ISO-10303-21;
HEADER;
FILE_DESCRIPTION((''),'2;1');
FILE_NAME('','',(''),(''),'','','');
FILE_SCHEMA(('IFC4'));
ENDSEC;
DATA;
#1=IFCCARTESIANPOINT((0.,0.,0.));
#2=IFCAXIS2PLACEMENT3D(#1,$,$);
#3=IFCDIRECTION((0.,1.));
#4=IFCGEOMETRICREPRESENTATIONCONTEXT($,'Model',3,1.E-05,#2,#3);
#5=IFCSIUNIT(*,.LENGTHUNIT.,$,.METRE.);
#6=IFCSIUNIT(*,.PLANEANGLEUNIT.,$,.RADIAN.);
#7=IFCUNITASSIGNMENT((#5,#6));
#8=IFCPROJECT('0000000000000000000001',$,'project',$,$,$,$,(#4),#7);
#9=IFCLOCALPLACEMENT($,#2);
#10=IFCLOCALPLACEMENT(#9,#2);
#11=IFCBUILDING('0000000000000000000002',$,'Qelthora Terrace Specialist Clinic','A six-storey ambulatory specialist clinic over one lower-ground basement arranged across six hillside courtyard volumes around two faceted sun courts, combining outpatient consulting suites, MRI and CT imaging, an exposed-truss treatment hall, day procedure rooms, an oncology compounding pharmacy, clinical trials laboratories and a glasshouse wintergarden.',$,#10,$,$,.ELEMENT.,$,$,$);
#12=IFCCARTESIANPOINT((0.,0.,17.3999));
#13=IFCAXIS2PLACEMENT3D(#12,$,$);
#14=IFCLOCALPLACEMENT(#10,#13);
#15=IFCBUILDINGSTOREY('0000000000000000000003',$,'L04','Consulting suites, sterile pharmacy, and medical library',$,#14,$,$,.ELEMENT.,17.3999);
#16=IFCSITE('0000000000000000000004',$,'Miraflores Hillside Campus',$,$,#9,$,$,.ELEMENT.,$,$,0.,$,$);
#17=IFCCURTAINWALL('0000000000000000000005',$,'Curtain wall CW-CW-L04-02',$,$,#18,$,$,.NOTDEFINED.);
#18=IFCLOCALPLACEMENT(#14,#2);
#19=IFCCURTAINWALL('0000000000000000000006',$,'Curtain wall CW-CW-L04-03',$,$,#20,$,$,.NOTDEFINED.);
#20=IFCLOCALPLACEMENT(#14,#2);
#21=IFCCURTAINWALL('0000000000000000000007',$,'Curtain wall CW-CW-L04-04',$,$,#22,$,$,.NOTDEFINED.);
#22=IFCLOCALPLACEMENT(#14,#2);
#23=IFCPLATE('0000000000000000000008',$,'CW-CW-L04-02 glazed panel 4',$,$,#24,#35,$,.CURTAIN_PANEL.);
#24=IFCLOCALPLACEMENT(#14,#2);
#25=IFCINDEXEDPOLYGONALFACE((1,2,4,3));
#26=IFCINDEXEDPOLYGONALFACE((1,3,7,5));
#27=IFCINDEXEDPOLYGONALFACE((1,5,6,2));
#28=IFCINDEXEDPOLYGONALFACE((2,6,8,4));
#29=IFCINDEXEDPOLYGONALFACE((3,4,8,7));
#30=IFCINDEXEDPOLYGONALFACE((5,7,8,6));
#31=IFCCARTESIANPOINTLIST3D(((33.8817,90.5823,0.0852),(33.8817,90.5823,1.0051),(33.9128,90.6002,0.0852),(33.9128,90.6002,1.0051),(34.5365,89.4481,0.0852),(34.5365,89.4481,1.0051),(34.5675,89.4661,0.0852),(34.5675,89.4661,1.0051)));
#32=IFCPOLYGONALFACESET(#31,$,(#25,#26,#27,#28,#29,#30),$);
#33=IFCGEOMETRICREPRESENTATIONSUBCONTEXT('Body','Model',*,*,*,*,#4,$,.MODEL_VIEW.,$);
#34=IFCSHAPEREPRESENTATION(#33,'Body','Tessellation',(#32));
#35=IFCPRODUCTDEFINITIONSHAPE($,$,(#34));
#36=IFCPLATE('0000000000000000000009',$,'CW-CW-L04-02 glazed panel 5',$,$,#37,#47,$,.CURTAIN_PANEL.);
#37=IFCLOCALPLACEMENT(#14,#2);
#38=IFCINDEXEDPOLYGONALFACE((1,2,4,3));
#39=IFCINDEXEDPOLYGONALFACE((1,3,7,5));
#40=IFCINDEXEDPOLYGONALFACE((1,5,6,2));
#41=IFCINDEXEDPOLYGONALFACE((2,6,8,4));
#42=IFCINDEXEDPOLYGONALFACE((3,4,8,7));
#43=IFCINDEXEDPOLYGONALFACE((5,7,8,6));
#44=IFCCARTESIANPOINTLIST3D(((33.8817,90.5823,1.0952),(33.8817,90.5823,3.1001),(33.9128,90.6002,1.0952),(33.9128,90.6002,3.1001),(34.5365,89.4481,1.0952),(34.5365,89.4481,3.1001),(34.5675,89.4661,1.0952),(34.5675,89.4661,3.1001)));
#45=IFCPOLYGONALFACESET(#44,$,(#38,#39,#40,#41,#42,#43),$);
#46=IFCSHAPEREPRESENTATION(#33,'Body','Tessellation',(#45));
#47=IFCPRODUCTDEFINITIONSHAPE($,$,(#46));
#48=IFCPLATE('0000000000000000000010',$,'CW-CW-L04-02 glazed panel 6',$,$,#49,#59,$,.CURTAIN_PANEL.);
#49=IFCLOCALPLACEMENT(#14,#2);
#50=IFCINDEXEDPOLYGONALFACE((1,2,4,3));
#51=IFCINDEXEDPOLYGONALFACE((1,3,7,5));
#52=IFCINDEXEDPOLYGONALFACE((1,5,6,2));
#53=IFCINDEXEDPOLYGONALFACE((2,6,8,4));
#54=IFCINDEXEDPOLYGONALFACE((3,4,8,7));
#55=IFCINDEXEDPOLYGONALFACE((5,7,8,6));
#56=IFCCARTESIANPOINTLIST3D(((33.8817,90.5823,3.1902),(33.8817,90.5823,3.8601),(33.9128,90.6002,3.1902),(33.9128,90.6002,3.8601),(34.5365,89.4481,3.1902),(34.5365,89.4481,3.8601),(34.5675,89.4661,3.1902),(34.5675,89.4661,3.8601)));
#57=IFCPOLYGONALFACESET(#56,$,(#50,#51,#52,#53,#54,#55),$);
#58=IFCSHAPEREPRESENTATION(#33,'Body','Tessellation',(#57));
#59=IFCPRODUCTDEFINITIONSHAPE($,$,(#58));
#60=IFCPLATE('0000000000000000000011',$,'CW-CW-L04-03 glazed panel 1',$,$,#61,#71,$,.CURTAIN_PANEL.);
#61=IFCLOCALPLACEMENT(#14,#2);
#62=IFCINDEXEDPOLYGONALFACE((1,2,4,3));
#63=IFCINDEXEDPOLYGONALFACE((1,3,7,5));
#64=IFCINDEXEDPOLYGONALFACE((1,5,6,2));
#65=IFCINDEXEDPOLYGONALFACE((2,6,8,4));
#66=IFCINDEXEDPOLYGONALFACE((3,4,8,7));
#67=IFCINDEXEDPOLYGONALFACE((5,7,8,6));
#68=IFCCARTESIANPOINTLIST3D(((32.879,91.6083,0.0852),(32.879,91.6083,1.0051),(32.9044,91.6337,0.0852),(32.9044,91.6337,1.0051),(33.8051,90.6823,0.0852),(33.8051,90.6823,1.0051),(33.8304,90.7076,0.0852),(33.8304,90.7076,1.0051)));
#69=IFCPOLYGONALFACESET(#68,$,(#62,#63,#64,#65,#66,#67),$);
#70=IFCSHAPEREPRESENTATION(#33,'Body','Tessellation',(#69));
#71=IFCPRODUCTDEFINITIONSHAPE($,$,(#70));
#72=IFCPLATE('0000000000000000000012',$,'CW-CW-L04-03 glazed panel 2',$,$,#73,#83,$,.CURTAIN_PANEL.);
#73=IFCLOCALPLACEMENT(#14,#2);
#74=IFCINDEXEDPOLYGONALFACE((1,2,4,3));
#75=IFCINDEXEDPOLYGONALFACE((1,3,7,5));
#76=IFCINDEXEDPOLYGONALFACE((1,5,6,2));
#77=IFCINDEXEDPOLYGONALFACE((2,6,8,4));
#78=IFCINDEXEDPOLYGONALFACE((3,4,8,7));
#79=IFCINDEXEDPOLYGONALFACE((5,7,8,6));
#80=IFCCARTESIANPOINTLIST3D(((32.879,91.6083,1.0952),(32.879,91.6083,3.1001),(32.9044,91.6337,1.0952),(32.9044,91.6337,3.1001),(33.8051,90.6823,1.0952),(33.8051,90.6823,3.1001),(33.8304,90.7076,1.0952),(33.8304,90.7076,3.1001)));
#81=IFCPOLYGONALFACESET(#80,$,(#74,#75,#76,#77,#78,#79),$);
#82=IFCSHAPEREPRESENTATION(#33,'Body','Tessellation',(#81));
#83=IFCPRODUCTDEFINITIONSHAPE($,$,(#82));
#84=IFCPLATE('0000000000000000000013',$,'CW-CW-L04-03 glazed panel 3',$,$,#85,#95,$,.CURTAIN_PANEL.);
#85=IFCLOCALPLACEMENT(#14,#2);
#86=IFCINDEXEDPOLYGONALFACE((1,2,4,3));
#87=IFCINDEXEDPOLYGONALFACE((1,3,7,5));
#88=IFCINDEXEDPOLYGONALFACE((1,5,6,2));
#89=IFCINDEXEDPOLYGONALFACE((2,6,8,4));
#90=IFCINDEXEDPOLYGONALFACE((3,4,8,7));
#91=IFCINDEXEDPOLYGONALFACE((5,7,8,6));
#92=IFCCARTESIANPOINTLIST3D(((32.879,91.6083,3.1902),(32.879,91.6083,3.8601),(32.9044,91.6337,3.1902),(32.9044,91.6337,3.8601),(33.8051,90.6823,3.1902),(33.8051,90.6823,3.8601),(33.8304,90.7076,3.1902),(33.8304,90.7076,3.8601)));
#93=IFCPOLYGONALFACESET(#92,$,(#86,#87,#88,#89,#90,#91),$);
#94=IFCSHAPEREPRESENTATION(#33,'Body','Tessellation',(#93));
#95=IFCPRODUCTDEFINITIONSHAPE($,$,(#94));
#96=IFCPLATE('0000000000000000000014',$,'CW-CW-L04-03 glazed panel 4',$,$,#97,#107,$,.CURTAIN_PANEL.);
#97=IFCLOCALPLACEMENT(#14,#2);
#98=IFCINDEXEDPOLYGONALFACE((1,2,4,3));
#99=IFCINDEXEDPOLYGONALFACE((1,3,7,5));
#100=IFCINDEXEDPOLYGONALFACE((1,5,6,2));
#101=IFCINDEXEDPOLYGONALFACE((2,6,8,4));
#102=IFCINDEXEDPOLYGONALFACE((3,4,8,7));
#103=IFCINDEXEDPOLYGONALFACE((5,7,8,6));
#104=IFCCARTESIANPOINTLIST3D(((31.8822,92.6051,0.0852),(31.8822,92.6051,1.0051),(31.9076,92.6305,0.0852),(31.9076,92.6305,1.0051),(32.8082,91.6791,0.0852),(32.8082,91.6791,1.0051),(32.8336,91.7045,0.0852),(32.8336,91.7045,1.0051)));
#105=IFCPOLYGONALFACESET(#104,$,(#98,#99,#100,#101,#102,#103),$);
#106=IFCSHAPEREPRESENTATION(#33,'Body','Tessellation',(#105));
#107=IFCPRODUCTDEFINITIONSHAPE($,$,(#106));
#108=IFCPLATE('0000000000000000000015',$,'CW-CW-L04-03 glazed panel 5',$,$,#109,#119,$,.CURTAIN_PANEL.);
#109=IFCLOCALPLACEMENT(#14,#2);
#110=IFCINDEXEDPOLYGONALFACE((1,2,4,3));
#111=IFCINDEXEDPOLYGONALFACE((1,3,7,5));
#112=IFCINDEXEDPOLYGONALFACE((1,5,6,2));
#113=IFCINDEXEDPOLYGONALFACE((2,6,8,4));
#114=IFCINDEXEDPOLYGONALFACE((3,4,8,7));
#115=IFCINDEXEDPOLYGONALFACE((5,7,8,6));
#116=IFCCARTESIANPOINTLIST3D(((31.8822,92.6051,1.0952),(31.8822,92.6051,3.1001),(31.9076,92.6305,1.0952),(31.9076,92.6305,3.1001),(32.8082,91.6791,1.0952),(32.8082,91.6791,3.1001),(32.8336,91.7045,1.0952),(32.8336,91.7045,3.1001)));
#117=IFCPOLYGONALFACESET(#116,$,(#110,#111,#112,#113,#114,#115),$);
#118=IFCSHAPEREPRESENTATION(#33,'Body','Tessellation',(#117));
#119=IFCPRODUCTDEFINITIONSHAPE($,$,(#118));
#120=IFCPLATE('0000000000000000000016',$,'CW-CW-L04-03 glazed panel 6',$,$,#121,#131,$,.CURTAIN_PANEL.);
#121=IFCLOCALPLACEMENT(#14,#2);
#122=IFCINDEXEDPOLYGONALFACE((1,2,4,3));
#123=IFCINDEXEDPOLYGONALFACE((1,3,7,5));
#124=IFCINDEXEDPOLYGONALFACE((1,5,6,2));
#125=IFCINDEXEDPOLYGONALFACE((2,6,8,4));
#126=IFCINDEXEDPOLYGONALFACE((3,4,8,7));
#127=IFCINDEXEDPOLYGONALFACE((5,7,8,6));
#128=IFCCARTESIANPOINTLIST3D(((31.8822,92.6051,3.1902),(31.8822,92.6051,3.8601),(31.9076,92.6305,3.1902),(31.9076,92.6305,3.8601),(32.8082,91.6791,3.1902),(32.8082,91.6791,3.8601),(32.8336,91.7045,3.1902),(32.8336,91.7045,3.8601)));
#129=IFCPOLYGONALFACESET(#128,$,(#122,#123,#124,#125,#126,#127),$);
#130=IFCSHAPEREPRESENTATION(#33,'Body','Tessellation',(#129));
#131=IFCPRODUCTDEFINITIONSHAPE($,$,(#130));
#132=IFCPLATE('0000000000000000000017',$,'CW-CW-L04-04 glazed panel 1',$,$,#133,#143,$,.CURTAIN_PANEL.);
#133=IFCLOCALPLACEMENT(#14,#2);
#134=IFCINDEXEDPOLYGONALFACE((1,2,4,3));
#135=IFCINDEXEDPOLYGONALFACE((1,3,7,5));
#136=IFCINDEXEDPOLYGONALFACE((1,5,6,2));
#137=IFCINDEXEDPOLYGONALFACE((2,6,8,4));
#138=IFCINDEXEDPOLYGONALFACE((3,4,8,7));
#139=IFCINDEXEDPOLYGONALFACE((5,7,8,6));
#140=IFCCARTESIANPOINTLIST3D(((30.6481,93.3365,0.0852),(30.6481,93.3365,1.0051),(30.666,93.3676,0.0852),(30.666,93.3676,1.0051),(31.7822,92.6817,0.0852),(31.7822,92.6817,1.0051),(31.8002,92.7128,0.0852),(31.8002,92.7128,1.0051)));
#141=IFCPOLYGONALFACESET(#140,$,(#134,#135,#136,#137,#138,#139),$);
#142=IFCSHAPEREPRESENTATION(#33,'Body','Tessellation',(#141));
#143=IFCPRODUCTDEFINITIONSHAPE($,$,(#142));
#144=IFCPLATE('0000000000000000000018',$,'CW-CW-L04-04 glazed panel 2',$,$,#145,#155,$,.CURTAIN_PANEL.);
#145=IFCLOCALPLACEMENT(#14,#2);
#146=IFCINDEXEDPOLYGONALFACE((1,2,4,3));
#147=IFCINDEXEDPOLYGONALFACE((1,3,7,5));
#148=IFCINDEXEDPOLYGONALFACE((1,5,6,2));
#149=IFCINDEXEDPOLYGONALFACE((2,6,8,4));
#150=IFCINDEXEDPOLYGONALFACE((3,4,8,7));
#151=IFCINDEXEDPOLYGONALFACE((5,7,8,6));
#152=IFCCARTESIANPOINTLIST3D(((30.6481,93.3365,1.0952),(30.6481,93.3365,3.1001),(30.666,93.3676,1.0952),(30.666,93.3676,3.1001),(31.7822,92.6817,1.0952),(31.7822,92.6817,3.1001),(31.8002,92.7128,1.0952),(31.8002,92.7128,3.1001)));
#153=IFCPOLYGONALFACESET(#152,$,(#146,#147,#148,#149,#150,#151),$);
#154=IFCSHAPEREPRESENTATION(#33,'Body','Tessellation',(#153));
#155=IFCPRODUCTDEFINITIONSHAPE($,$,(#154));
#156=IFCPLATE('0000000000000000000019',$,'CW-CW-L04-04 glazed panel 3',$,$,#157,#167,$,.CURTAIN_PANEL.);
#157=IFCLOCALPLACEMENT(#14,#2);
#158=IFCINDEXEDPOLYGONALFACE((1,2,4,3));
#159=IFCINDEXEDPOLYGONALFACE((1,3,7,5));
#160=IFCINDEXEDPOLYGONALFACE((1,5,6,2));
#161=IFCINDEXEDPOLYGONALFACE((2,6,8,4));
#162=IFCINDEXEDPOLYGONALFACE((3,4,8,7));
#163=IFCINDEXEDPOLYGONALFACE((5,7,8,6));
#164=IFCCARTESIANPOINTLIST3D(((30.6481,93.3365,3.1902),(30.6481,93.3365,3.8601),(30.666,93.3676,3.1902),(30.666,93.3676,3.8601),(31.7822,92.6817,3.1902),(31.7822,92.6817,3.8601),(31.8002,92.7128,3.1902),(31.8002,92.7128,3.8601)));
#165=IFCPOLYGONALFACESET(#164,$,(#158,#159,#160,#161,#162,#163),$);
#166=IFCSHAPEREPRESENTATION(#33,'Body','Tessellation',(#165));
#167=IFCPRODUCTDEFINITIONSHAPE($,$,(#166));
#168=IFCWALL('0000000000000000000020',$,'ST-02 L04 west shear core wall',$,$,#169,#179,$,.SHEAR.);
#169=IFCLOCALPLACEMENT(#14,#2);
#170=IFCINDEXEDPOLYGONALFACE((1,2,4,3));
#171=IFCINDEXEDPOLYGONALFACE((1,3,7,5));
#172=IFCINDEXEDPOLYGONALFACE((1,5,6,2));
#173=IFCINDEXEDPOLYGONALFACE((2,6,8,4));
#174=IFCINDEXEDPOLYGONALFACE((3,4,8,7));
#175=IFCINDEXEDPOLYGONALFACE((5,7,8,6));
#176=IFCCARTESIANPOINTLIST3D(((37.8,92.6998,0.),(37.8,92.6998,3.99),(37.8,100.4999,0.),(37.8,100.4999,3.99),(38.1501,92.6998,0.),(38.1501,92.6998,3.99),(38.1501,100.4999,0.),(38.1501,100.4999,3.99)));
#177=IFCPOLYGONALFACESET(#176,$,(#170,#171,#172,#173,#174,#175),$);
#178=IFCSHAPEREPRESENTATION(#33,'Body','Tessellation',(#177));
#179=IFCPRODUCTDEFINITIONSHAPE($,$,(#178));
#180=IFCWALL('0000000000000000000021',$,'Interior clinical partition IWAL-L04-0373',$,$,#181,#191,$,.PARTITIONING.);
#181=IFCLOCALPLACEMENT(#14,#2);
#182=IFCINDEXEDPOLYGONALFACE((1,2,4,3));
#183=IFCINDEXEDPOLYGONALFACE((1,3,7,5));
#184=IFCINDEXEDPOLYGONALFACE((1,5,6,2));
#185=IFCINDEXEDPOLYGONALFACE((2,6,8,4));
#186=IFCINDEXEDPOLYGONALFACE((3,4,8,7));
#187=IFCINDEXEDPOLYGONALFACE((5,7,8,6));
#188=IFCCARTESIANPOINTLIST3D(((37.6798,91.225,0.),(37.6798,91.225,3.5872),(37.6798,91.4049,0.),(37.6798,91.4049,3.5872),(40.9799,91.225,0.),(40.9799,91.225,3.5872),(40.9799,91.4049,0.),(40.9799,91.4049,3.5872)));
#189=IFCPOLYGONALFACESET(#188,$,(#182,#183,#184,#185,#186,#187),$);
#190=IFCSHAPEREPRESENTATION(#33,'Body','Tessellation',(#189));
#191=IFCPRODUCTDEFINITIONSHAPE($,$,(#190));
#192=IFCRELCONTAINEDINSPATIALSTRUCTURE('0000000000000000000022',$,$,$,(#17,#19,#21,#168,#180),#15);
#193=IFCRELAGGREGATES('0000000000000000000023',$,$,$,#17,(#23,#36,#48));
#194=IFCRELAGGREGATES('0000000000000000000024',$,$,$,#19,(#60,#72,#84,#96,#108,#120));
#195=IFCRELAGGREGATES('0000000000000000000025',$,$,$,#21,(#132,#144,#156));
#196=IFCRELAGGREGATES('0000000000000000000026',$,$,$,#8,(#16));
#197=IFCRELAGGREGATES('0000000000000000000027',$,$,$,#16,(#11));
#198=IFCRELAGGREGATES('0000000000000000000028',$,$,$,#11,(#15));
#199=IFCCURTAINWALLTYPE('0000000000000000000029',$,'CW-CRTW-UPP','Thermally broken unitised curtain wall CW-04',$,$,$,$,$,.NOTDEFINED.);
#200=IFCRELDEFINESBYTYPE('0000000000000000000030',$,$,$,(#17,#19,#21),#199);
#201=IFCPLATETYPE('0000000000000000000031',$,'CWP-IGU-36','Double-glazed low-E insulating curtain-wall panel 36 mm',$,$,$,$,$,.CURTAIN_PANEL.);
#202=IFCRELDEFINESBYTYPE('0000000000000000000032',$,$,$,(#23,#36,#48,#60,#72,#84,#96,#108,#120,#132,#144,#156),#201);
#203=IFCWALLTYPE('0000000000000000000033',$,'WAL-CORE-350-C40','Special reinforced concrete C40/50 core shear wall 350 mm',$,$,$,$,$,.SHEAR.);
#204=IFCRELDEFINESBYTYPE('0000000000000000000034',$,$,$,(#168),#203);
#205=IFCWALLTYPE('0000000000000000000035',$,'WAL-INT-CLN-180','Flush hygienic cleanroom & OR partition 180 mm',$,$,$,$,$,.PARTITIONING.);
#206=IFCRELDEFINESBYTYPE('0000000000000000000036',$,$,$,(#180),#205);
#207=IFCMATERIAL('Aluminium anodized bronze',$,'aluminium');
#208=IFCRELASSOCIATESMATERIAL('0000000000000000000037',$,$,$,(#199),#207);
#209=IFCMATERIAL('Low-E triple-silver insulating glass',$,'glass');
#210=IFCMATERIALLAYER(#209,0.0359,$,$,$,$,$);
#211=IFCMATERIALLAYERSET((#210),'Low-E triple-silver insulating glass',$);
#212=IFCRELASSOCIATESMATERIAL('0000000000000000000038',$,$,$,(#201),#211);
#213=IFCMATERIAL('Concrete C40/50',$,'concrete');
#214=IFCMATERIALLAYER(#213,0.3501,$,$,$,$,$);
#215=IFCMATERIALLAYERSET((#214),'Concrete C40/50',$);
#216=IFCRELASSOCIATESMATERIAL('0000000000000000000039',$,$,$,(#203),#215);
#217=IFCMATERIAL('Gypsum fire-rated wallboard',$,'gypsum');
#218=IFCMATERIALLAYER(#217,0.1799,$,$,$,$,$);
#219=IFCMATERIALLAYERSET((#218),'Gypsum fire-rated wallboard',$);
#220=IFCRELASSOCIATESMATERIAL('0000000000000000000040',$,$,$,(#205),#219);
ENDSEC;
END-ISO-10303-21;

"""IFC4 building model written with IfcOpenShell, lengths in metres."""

from ifc_helpers import new_model, si_unit, direction, frame, frame_2d, origin, origin_2d, place, context, subcontext, project, spatial, rectangle, extrude, material, layer, layer_set, type_object, element, aggregate, save


model = new_model("IFC4")

# Units and contexts
model_context = context("Model", 3, precision=1e-05, world=origin(), true_north=direction((0.0, 1.0)))
body_context = subcontext(model_context, "Body", "Model", "MODEL_VIEW")
ifc_project = project(units=[si_unit("LENGTHUNIT", "METRE"), si_unit("PLANEANGLEUNIT", "RADIAN")], contexts=[model_context])

# Site, building, storey
site_placement = place(None, origin())
site = spatial("IfcSite", under=ifc_project, at=site_placement, Name="Miraflores Hillside Campus", CompositionType="ELEMENT", RefElevation=0.0)
building_placement = place(site_placement, origin())
building = spatial("IfcBuilding", under=site, at=building_placement, Name="Qelthora Terrace Specialist Clinic", Description="A six-storey ambulatory specialist clinic over one lower-ground basement arranged across six hillside courtyard volumes around two faceted sun courts, combining outpatient consulting suites, MRI and CT imaging, an exposed-truss treatment hall, day procedure rooms, an oncology compounding pharmacy, clinical trials laboratories and a glasshouse wintergarden.", CompositionType="ELEMENT")
storey_placement = place(building_placement, frame((0.0, 0.0, 17.3999)))
storey = spatial("IfcBuildingStorey", under=building, at=storey_placement, Name="L04", Description="Consulting suites, sterile pharmacy, and medical library", CompositionType="ELEMENT", Elevation=17.3999)

# Curtain walls
ifc_material_1 = material(Name="Aluminium anodized bronze", Category="aluminium")
curtain_wall_type = type_object("IfcCurtainWallType", Name="CW-CRTW-UPP", Description="Thermally broken unitised curtain wall CW-04", PredefinedType="NOTDEFINED", material=ifc_material_1)
curtain_wall_1_placement = place(storey_placement, origin())
curtain_wall_1 = element("IfcCurtainWall", 1, at=curtain_wall_1_placement, inside=storey, type_object=curtain_wall_type, Name="Curtain wall CW-CW-L04-02", PredefinedType="NOTDEFINED")
curtain_wall_2_placement = place(storey_placement, origin())
curtain_wall_2 = element("IfcCurtainWall", 2, at=curtain_wall_2_placement, inside=storey, type_object=curtain_wall_type, Name="Curtain wall CW-CW-L04-03", PredefinedType="NOTDEFINED")
curtain_wall_3_placement = place(storey_placement, origin())
curtain_wall_3 = element("IfcCurtainWall", 3, at=curtain_wall_3_placement, inside=storey, type_object=curtain_wall_type, Name="Curtain wall CW-CW-L04-04", PredefinedType="NOTDEFINED")

# Plates
ifc_material_2 = material(Name="Low-E triple-silver insulating glass", Category="glass")
ifc_layer_1 = layer(ifc_material_2, 0.0359)
ifc_layer_set_1 = layer_set([ifc_layer_1], Name="Low-E triple-silver insulating glass")
plate_type = type_object("IfcPlateType", Name="CWP-IGU-36", Description="Double-glazed low-E insulating curtain-wall panel 36 mm", PredefinedType="CURTAIN_PANEL", material=ifc_layer_set_1)
plate_1_placement = place(storey_placement, frame((34.2246, 90.0242, 0.0852), z_axis=(0.0, 0.0, 1.0), x_axis=(-0.5, 0.866025, 0.0)))
plate_1 = element("IfcPlate", 4, at=plate_1_placement, type_object=plate_type, Name="CW-CW-L04-02 glazed panel 4", PredefinedType="CURTAIN_PANEL", context=body_context, shape_type="SweptSolid", body=[
    extrude(rectangle(XDim=1.3096, YDim=0.0359, at=origin_2d()), origin(), (0.0, 0.0, 1.0), 0.9199),
])
plate_2_placement = place(storey_placement, frame((34.2246, 90.0242, 1.0952), z_axis=(0.0, 0.0, 1.0), x_axis=(-0.5, 0.866025, 0.0)))
plate_2 = element("IfcPlate", 5, at=plate_2_placement, type_object=plate_type, Name="CW-CW-L04-02 glazed panel 5", PredefinedType="CURTAIN_PANEL", context=body_context, shape_type="SweptSolid", body=[
    extrude(rectangle(XDim=1.3096, YDim=0.0359, at=origin_2d()), origin(), (0.0, 0.0, 1.0), 2.0049),
])
plate_3_placement = place(storey_placement, frame((34.2246, 90.0242, 3.1902), z_axis=(0.0, 0.0, 1.0), x_axis=(-0.5, 0.866025, 0.0)))
plate_3 = element("IfcPlate", 6, at=plate_3_placement, type_object=plate_type, Name="CW-CW-L04-02 glazed panel 6", PredefinedType="CURTAIN_PANEL", context=body_context, shape_type="SweptSolid", body=[
    extrude(rectangle(XDim=1.3096, YDim=0.0359, at=origin_2d()), origin(), (0.0, 0.0, 1.0), 0.6699),
])
aggregate(curtain_wall_1, [plate_1, plate_2, plate_3])
plate_4_placement = place(storey_placement, frame((33.3547, 91.158, 0.0852), z_axis=(0.0, 0.0, 1.0), x_axis=(-0.707107, 0.707107, 0.0)))
plate_4 = element("IfcPlate", 7, at=plate_4_placement, type_object=plate_type, Name="CW-CW-L04-03 glazed panel 1", PredefinedType="CURTAIN_PANEL", context=body_context, shape_type="SweptSolid", body=[
    extrude(rectangle(XDim=1.3096, YDim=0.0359, at=origin_2d()), origin(), (0.0, 0.0, 1.0), 0.9199),
])
plate_5_placement = place(storey_placement, frame((33.3547, 91.158, 1.0952), z_axis=(0.0, 0.0, 1.0), x_axis=(-0.707107, 0.707107, 0.0)))
plate_5 = element("IfcPlate", 8, at=plate_5_placement, type_object=plate_type, Name="CW-CW-L04-03 glazed panel 2", PredefinedType="CURTAIN_PANEL", context=body_context, shape_type="SweptSolid", body=[
    extrude(rectangle(XDim=1.3096, YDim=0.0359, at=origin_2d()), origin(), (0.0, 0.0, 1.0), 2.0049),
])
plate_6_placement = place(storey_placement, frame((33.3547, 91.158, 3.1902), z_axis=(0.0, 0.0, 1.0), x_axis=(-0.707107, 0.707107, 0.0)))
plate_6 = element("IfcPlate", 9, at=plate_6_placement, type_object=plate_type, Name="CW-CW-L04-03 glazed panel 3", PredefinedType="CURTAIN_PANEL", context=body_context, shape_type="SweptSolid", body=[
    extrude(rectangle(XDim=1.3096, YDim=0.0359, at=origin_2d()), origin(), (0.0, 0.0, 1.0), 0.6699),
])
plate_7_placement = place(storey_placement, frame((32.3579, 92.1548, 0.0852), z_axis=(0.0, 0.0, 1.0), x_axis=(-0.707107, 0.707107, 0.0)))
plate_7 = element("IfcPlate", 10, at=plate_7_placement, type_object=plate_type, Name="CW-CW-L04-03 glazed panel 4", PredefinedType="CURTAIN_PANEL", context=body_context, shape_type="SweptSolid", body=[
    extrude(rectangle(XDim=1.3096, YDim=0.0359, at=origin_2d()), origin(), (0.0, 0.0, 1.0), 0.9199),
])
plate_8_placement = place(storey_placement, frame((32.3579, 92.1548, 1.0952), z_axis=(0.0, 0.0, 1.0), x_axis=(-0.707107, 0.707107, 0.0)))
plate_8 = element("IfcPlate", 11, at=plate_8_placement, type_object=plate_type, Name="CW-CW-L04-03 glazed panel 5", PredefinedType="CURTAIN_PANEL", context=body_context, shape_type="SweptSolid", body=[
    extrude(rectangle(XDim=1.3096, YDim=0.0359, at=origin_2d()), origin(), (0.0, 0.0, 1.0), 2.0049),
])
plate_9_placement = place(storey_placement, frame((32.3579, 92.1548, 3.1902), z_axis=(0.0, 0.0, 1.0), x_axis=(-0.707107, 0.707107, 0.0)))
plate_9 = element("IfcPlate", 12, at=plate_9_placement, type_object=plate_type, Name="CW-CW-L04-03 glazed panel 6", PredefinedType="CURTAIN_PANEL", context=body_context, shape_type="SweptSolid", body=[
    extrude(rectangle(XDim=1.3096, YDim=0.0359, at=origin_2d()), origin(), (0.0, 0.0, 1.0), 0.6699),
])
aggregate(curtain_wall_2, [plate_4, plate_5, plate_6, plate_7, plate_8, plate_9])
plate_10_placement = place(storey_placement, frame((31.2241, 93.0247, 0.0852), z_axis=(0.0, 0.0, 1.0), x_axis=(-0.866025, 0.5, 0.0)))
plate_10 = element("IfcPlate", 13, at=plate_10_placement, type_object=plate_type, Name="CW-CW-L04-04 glazed panel 1", PredefinedType="CURTAIN_PANEL", context=body_context, shape_type="SweptSolid", body=[
    extrude(rectangle(XDim=1.3096, YDim=0.0359, at=origin_2d()), origin(), (0.0, 0.0, 1.0), 0.9199),
])
plate_11_placement = place(storey_placement, frame((31.2241, 93.0247, 1.0952), z_axis=(0.0, 0.0, 1.0), x_axis=(-0.866025, 0.5, 0.0)))
plate_11 = element("IfcPlate", 14, at=plate_11_placement, type_object=plate_type, Name="CW-CW-L04-04 glazed panel 2", PredefinedType="CURTAIN_PANEL", context=body_context, shape_type="SweptSolid", body=[
    extrude(rectangle(XDim=1.3096, YDim=0.0359, at=origin_2d()), origin(), (0.0, 0.0, 1.0), 2.0049),
])
plate_12_placement = place(storey_placement, frame((31.2241, 93.0247, 3.1902), z_axis=(0.0, 0.0, 1.0), x_axis=(-0.866025, 0.5, 0.0)))
plate_12 = element("IfcPlate", 15, at=plate_12_placement, type_object=plate_type, Name="CW-CW-L04-04 glazed panel 3", PredefinedType="CURTAIN_PANEL", context=body_context, shape_type="SweptSolid", body=[
    extrude(rectangle(XDim=1.3096, YDim=0.0359, at=origin_2d()), origin(), (0.0, 0.0, 1.0), 0.6699),
])
aggregate(curtain_wall_3, [plate_10, plate_11, plate_12])

# Wall
ifc_material_3 = material(Name="Concrete C40/50", Category="concrete")
ifc_layer_2 = layer(ifc_material_3, 0.3501)
ifc_layer_set_2 = layer_set([ifc_layer_2], Name="Concrete C40/50")
wall_type_1 = type_object("IfcWallType", Name="WAL-CORE-350-C40", Description="Special reinforced concrete C40/50 core shear wall 350 mm", PredefinedType="SHEAR", material=ifc_layer_set_2)
wall_1_placement = place(storey_placement, frame((37.9751, 92.7, 0.0), z_axis=(0.0, 0.0, 1.0), x_axis=(0.0, 1.0, 0.0)))
element("IfcWall", 16, at=wall_1_placement, inside=storey, type_object=wall_type_1, Name="ST-02 L04 west shear core wall", PredefinedType="SHEAR", context=body_context, shape_type="SweptSolid", body=[
    extrude(rectangle(XDim=7.8, YDim=0.3501, at=frame_2d((3.8999, 0.0))), origin(), (0.0, 0.0, 1.0), 3.99),
])

# Wall
ifc_material_4 = material(Name="Gypsum fire-rated wallboard", Category="gypsum")
ifc_layer_3 = layer(ifc_material_4, 0.1799)
ifc_layer_set_3 = layer_set([ifc_layer_3], Name="Gypsum fire-rated wallboard")
wall_type_2 = type_object("IfcWallType", Name="WAL-INT-CLN-180", Description="Flush hygienic cleanroom & OR partition 180 mm", PredefinedType="PARTITIONING", material=ifc_layer_set_3)
wall_2_placement = place(storey_placement, frame((37.6799, 91.3149, 0.0), z_axis=(0.0, 0.0, 1.0), x_axis=(1.0, 0.0, 0.0)))
element("IfcWall", 17, at=wall_2_placement, inside=storey, type_object=wall_type_2, Name="Interior clinical partition IWAL-L04-0373", PredefinedType="PARTITIONING", context=body_context, shape_type="SweptSolid", body=[
    extrude(rectangle(XDim=3.3, YDim=0.1799, at=frame_2d((1.6499, 0.0))), origin(), (0.0, 0.0, 1.0), 3.5872),
])

save(model, "model.ifc")
